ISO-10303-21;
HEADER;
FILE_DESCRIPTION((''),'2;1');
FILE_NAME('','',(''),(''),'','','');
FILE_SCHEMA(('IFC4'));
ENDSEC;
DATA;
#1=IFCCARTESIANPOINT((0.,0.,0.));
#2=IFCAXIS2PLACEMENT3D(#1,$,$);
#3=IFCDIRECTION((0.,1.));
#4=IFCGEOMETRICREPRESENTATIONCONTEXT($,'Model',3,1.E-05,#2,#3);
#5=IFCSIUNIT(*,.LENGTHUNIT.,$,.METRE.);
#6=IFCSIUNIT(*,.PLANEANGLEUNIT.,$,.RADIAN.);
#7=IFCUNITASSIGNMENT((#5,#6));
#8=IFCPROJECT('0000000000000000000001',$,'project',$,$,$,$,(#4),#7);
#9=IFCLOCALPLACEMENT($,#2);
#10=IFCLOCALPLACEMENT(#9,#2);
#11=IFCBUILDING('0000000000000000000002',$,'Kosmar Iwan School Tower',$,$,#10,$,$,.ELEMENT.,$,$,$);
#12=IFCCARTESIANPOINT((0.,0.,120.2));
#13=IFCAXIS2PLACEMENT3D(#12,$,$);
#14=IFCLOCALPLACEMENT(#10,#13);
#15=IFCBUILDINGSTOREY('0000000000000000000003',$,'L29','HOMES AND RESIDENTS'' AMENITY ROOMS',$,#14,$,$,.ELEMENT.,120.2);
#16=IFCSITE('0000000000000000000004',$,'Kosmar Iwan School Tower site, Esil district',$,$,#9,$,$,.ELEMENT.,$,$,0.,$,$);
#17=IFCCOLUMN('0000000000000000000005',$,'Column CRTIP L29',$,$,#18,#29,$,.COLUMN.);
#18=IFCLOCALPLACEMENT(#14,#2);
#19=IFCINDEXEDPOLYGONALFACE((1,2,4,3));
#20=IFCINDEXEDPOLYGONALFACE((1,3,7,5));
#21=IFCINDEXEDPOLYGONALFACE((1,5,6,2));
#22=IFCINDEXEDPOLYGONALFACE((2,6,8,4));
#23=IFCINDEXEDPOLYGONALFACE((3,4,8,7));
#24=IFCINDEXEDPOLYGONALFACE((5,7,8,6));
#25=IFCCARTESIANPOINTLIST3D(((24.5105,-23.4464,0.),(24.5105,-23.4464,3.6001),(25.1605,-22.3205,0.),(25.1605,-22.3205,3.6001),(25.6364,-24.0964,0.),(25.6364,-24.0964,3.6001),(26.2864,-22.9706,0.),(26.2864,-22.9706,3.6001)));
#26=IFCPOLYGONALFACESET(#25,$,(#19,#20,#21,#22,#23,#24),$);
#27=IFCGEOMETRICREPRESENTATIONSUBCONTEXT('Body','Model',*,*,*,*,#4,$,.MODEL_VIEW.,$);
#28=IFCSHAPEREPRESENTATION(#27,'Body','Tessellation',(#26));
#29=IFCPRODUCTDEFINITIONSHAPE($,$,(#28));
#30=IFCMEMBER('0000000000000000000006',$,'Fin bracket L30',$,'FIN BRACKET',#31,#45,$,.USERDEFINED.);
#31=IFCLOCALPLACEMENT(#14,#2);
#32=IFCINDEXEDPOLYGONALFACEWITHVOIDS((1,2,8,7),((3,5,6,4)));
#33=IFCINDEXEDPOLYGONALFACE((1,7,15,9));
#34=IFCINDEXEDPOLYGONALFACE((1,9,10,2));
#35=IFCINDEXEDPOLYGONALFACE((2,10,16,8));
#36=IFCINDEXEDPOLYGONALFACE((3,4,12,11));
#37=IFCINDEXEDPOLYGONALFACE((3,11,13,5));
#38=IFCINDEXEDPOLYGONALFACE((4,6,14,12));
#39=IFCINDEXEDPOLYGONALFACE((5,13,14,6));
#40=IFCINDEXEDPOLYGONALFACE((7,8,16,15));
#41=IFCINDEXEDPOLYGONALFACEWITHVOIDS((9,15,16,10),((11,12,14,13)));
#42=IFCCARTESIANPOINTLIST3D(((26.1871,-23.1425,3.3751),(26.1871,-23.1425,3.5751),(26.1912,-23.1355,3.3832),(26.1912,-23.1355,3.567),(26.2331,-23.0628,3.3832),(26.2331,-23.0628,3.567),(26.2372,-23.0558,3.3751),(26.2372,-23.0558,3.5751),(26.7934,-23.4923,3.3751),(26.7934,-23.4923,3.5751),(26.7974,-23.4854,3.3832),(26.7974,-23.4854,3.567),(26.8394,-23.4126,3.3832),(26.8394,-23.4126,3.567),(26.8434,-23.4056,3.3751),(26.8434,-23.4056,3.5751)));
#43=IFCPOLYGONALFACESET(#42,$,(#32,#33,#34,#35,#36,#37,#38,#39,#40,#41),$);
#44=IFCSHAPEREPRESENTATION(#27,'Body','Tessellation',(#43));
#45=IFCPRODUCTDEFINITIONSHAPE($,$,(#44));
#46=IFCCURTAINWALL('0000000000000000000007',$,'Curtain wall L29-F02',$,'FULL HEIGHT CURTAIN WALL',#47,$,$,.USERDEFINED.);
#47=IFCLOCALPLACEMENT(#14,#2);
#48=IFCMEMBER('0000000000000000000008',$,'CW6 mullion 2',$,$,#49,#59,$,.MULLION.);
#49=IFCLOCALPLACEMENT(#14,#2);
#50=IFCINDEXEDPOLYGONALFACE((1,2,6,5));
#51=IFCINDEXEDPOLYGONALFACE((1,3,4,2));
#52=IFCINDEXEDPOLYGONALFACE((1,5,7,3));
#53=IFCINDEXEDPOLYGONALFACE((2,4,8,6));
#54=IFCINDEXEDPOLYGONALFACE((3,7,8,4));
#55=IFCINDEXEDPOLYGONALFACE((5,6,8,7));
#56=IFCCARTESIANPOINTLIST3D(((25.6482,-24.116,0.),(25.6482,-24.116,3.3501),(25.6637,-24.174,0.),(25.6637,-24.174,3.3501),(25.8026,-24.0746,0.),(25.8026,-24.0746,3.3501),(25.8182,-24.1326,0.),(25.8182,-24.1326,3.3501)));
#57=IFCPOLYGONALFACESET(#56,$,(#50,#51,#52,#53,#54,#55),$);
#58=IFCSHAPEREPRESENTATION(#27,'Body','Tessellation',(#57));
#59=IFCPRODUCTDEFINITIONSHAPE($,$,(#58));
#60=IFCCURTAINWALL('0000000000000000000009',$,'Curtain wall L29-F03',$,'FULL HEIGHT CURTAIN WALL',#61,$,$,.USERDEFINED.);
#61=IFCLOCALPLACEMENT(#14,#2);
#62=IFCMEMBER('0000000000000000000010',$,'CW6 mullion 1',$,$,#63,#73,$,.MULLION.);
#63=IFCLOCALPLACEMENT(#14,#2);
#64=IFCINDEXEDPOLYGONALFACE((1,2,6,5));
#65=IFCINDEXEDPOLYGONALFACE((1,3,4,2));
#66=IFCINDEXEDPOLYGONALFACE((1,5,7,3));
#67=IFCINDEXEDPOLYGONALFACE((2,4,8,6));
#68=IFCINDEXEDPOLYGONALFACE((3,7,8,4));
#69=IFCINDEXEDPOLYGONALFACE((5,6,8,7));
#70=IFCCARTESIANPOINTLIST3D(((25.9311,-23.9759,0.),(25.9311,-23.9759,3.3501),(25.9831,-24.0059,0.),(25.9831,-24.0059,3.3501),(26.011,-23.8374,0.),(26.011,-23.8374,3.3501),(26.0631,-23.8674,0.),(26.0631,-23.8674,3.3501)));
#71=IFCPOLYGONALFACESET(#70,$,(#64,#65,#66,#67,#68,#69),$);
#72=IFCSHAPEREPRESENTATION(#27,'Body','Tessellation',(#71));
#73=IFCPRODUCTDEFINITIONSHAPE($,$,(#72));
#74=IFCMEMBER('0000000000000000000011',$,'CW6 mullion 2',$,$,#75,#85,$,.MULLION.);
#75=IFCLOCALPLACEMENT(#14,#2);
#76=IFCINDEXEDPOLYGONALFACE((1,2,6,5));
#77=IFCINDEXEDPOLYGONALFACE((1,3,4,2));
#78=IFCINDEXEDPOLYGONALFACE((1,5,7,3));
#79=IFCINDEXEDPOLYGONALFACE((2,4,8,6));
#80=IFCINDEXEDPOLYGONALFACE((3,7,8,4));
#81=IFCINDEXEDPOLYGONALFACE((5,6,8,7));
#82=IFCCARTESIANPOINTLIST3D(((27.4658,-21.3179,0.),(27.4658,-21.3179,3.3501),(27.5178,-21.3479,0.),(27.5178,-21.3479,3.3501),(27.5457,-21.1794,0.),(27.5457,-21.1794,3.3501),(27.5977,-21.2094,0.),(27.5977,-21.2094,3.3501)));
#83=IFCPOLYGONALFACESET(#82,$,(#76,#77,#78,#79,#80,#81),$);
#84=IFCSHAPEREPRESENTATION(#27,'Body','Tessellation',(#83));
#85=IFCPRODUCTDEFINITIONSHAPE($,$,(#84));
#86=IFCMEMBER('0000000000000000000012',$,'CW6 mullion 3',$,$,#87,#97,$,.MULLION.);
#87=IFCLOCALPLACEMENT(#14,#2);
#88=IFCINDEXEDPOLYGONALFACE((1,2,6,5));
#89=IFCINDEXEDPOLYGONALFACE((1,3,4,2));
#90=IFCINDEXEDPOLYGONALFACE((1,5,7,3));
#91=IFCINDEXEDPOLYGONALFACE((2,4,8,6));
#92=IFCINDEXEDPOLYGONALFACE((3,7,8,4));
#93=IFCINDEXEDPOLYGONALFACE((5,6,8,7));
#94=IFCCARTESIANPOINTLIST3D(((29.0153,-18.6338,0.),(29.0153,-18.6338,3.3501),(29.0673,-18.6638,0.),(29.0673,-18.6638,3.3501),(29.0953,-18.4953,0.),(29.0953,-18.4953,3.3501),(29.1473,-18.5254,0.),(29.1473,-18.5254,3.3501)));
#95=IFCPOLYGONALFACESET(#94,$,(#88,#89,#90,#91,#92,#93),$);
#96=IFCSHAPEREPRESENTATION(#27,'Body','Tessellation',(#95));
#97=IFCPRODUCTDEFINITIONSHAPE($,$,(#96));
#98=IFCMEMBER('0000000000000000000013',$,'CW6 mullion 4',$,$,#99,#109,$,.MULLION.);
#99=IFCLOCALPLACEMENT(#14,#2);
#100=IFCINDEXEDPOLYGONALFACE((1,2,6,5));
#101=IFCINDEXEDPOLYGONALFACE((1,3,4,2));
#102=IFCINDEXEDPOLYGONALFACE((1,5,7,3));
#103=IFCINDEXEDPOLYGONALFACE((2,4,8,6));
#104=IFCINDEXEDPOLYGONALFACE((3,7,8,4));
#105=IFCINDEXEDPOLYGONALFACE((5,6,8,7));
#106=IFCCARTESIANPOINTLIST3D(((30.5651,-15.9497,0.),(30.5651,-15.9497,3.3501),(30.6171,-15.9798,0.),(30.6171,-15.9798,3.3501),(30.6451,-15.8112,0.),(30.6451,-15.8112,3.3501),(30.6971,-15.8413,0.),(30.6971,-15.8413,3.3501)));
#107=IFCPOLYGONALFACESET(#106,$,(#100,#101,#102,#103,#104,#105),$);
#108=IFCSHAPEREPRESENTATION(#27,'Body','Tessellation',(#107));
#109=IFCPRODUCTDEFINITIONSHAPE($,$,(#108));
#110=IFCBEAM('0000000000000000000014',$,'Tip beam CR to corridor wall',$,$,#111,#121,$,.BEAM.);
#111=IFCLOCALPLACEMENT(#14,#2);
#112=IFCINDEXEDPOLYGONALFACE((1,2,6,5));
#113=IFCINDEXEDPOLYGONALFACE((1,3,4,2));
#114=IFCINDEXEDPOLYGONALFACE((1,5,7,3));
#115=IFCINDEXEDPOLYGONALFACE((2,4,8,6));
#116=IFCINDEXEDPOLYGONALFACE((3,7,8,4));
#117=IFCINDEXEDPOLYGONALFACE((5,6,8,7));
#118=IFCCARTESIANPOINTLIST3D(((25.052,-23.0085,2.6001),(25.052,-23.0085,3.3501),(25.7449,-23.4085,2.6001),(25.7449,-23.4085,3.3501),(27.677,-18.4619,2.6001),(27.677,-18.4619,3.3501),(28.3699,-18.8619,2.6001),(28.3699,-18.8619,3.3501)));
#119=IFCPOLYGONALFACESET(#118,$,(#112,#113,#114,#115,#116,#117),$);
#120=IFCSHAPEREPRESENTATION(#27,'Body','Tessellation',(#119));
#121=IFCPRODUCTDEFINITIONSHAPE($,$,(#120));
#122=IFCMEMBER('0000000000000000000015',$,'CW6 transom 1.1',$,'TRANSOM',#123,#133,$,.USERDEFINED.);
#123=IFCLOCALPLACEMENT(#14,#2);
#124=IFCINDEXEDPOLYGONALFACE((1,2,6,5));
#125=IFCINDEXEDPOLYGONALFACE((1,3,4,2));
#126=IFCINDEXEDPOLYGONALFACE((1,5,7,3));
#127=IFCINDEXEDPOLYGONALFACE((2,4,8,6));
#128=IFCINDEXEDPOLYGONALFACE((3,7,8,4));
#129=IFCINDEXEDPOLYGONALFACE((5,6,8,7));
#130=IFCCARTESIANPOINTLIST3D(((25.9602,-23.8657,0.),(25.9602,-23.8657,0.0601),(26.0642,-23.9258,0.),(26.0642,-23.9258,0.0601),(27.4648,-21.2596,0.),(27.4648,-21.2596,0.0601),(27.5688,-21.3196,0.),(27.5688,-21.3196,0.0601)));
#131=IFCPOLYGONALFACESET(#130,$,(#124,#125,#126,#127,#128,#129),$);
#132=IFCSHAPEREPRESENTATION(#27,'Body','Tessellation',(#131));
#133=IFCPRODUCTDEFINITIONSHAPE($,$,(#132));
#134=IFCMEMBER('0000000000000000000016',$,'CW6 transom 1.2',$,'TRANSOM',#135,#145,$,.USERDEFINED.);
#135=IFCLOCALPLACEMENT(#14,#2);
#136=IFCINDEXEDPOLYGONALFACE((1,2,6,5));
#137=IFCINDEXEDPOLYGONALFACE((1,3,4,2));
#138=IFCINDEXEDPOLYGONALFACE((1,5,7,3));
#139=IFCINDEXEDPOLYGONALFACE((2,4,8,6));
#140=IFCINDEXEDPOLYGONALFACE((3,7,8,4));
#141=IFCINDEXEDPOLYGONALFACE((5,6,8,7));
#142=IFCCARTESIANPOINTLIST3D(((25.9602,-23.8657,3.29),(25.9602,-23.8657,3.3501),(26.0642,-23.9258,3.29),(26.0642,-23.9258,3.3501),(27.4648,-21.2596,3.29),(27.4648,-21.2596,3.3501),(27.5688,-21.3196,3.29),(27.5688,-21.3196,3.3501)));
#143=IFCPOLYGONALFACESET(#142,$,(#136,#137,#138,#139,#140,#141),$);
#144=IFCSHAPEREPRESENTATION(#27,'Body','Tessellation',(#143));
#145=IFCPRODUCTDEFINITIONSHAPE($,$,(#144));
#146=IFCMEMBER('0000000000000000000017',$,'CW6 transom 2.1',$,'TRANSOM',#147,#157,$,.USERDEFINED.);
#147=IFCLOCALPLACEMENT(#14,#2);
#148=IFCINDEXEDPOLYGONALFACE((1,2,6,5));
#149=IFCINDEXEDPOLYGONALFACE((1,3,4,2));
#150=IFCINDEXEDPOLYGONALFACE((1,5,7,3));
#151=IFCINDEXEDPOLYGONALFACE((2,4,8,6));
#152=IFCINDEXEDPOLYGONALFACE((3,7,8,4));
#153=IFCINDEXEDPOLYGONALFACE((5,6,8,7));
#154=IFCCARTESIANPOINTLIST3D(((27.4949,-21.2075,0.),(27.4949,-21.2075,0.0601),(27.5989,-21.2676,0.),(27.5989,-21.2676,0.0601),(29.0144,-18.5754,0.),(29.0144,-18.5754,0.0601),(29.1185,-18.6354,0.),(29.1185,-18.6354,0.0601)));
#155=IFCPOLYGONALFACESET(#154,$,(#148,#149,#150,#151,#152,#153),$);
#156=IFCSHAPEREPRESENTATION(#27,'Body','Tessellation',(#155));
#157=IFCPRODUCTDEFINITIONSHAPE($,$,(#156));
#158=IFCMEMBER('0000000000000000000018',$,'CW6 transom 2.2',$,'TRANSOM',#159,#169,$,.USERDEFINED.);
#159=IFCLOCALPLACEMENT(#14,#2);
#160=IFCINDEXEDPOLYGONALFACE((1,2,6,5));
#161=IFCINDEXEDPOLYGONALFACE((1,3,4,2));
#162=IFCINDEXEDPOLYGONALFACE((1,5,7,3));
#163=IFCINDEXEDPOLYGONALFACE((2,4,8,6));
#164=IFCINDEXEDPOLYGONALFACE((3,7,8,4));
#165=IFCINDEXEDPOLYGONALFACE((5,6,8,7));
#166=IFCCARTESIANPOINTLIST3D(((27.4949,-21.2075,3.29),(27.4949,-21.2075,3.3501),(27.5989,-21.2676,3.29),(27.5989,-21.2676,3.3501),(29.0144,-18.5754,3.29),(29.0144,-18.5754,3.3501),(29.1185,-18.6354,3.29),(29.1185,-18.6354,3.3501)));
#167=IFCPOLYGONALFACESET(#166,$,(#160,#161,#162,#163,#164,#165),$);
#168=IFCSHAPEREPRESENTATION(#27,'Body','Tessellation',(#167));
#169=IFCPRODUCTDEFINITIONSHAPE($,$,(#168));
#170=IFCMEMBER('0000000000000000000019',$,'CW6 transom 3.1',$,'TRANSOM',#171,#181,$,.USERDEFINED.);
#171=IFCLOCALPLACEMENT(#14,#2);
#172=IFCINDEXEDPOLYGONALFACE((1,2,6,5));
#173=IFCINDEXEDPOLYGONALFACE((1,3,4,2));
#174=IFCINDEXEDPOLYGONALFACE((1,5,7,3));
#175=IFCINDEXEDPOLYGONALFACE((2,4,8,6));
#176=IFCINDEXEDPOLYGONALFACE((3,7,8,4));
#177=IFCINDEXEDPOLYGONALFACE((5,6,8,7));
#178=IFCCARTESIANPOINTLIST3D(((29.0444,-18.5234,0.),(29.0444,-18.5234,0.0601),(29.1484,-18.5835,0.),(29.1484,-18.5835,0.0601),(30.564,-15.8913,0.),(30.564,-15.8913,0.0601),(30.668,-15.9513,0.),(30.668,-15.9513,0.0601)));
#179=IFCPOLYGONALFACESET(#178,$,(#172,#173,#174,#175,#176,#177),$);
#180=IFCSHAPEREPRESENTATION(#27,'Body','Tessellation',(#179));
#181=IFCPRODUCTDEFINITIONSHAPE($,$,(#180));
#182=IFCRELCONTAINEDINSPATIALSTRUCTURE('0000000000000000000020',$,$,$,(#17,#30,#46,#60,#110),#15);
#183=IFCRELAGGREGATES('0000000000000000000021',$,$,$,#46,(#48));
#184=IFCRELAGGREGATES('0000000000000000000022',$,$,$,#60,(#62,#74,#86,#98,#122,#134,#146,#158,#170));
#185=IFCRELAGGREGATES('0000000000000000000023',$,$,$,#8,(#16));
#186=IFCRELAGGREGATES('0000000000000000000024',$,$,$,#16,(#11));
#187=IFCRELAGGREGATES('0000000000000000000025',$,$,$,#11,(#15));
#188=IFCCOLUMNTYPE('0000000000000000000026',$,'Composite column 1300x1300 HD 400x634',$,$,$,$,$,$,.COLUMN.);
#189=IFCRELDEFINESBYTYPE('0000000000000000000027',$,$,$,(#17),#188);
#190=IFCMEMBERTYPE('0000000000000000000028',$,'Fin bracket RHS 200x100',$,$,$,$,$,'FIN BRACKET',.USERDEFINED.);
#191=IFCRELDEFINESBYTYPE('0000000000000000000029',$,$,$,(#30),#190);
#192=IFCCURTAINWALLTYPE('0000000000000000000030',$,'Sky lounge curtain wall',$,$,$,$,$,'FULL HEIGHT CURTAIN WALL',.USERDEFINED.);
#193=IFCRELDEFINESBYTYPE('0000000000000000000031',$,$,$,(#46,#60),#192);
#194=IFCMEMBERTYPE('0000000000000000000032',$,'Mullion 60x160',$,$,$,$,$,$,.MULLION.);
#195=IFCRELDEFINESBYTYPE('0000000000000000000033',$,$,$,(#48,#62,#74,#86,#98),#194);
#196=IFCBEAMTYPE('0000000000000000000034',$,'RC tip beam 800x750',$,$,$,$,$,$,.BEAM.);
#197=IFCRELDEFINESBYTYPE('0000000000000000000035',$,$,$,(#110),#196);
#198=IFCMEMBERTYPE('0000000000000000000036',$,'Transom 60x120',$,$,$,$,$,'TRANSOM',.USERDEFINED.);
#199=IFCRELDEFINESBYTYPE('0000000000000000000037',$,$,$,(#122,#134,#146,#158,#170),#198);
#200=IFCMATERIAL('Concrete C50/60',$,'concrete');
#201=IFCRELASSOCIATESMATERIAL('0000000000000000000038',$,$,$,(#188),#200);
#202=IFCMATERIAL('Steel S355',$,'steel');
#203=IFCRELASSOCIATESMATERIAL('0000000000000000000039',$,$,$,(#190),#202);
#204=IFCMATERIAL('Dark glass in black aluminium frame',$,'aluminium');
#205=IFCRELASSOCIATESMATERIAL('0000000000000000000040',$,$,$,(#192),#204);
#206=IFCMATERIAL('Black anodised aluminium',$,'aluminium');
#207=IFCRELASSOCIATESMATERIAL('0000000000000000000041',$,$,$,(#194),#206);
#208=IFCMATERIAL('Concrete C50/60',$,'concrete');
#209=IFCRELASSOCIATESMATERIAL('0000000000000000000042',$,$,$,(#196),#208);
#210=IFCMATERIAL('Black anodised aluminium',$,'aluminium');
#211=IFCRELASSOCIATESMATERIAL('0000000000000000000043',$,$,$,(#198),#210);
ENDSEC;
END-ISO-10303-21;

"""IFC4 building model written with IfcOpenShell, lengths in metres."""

from ifc_helpers import new_model, si_unit, direction, frame, origin, origin_2d, place, context, subcontext, project, spatial, rectangle, hollow_rectangle, extrude, material, material_profile, profile_set, type_object, element, aggregate, save


model = new_model("IFC4")

# Units and contexts
model_context = context("Model", 3, precision=1e-05, world=origin(), true_north=direction((0.0, 1.0)))
body_context = subcontext(model_context, "Body", "Model", "MODEL_VIEW")
ifc_project = project(units=[si_unit("LENGTHUNIT", "METRE"), si_unit("PLANEANGLEUNIT", "RADIAN")], contexts=[model_context])

# Site, building, storey
site_placement = place(None, origin())
site = spatial("IfcSite", under=ifc_project, at=site_placement, Name="Kosmar Iwan School Tower site, Esil district", CompositionType="ELEMENT", RefElevation=0.0)
building_placement = place(site_placement, origin())
building = spatial("IfcBuilding", under=site, at=building_placement, Name="Kosmar Iwan School Tower", CompositionType="ELEMENT")
storey_placement = place(building_placement, frame((0.0, 0.0, 120.2)))
storey = spatial("IfcBuildingStorey", under=building, at=storey_placement, Name="L29", Description="HOMES AND RESIDENTS' AMENITY ROOMS", CompositionType="ELEMENT", Elevation=120.2)

# Column
ifc_material_1 = material(Name="Concrete C50/60", Category="concrete")
ifc_material_profile_1 = material_profile(ifc_material_1, rectangle(XDim=1.3, YDim=1.3, at=origin_2d()), Name="RC 1300x1300 + HD 400x634")
ifc_profile_set_1 = profile_set([ifc_material_profile_1], Name="Concrete C50/60")
column_type = type_object("IfcColumnType", Name="Composite column 1300x1300 HD 400x634", PredefinedType="COLUMN", material=ifc_profile_set_1)
column_placement = place(storey_placement, frame((25.3984, -23.2085, 0.0), z_axis=(0.0, 0.0, 1.0), x_axis=(0.866025, -0.5, 0.0)))
element("IfcColumn", 1, at=column_placement, inside=storey, type_object=column_type, Name="Column CRTIP L29", PredefinedType="COLUMN", context=body_context, shape_type="SweptSolid", body=[
    extrude(rectangle(XDim=1.3, YDim=1.3, at=origin_2d()), origin(), (0.0, 0.0, 1.0), 3.6001),
])

# Member
ifc_material_2 = material(Name="Steel S355", Category="steel")
ifc_material_profile_2 = material_profile(ifc_material_2, hollow_rectangle(XDim=0.1001, YDim=0.2, WallThickness=0.0081, at=origin_2d()), Name="RHS 200x100x8")
ifc_profile_set_2 = profile_set([ifc_material_profile_2], Name="Steel S355")
member_type_1 = type_object("IfcMemberType", Name="Fin bracket RHS 200x100", ElementType="FIN BRACKET", PredefinedType="USERDEFINED", material=ifc_profile_set_2)
member_1_placement = place(storey_placement, frame((26.2122, -23.0991, 3.4751), z_axis=(0.86611, -0.499853, 0.0), x_axis=(0.499853, 0.86611, 0.0)))
element("IfcMember", 2, at=member_1_placement, inside=storey, type_object=member_type_1, Name="Fin bracket L30", ObjectType="FIN BRACKET", PredefinedType="USERDEFINED", context=body_context, shape_type="SweptSolid", body=[
    extrude(hollow_rectangle(XDim=0.1001, YDim=0.2, WallThickness=0.0081, at=origin_2d()), origin(), (0.0, 0.0, 1.0), 0.7),
])

# Curtain wall, member
ifc_material_3 = material(Name="Dark glass in black aluminium frame", Category="aluminium")
curtain_wall_type = type_object("IfcCurtainWallType", Name="Sky lounge curtain wall", ElementType="FULL HEIGHT CURTAIN WALL", PredefinedType="USERDEFINED", material=ifc_material_3)
curtain_wall_1_placement = place(storey_placement, origin())
curtain_wall_1 = element("IfcCurtainWall", 3, at=curtain_wall_1_placement, inside=storey, type_object=curtain_wall_type, Name="Curtain wall L29-F02", ObjectType="FULL HEIGHT CURTAIN WALL", PredefinedType="USERDEFINED")
ifc_material_4 = material(Name="Black anodised aluminium", Category="aluminium")
ifc_material_profile_3 = material_profile(ifc_material_4, rectangle(XDim=0.0601, YDim=0.1599, at=origin_2d()), Name="MULLION 60x160")
ifc_profile_set_3 = profile_set([ifc_material_profile_3], Name="Black anodised aluminium")
member_type_2 = type_object("IfcMemberType", Name="Mullion 60x160", PredefinedType="MULLION", material=ifc_profile_set_3)
member_2_placement = place(storey_placement, frame((25.7332, -24.1243, 0.0), z_axis=(0.0, 0.0, 1.0), x_axis=(-0.258819, 0.965926, 0.0)))
member_2 = element("IfcMember", 4, at=member_2_placement, type_object=member_type_2, Name="CW6 mullion 2", PredefinedType="MULLION", context=body_context, shape_type="SweptSolid", body=[
    extrude(rectangle(XDim=0.0601, YDim=0.1599, at=origin_2d()), origin(), (0.0, 0.0, 1.0), 3.3501),
])

# Curtain wall, members
curtain_wall_2_placement = place(storey_placement, origin())
curtain_wall_2 = element("IfcCurtainWall", 5, at=curtain_wall_2_placement, inside=storey, type_object=curtain_wall_type, Name="Curtain wall L29-F03", ObjectType="FULL HEIGHT CURTAIN WALL", PredefinedType="USERDEFINED")
member_3_placement = place(storey_placement, frame((25.9971, -23.9216, 0.0), z_axis=(0.0, 0.0, 1.0), x_axis=(-0.866025, 0.5, 0.0)))
member_3 = element("IfcMember", 6, at=member_3_placement, type_object=member_type_2, Name="CW6 mullion 1", PredefinedType="MULLION", context=body_context, shape_type="SweptSolid", body=[
    extrude(rectangle(XDim=0.0601, YDim=0.1599, at=origin_2d()), origin(), (0.0, 0.0, 1.0), 3.3501),
])
member_4_placement = place(storey_placement, frame((27.5317, -21.2637, 0.0), z_axis=(0.0, 0.0, 1.0), x_axis=(-0.866025, 0.5, 0.0)))
member_4 = element("IfcMember", 7, at=member_4_placement, type_object=member_type_2, Name="CW6 mullion 2", PredefinedType="MULLION", context=body_context, shape_type="SweptSolid", body=[
    extrude(rectangle(XDim=0.0601, YDim=0.1599, at=origin_2d()), origin(), (0.0, 0.0, 1.0), 3.3501),
])
member_5_placement = place(storey_placement, frame((29.0813, -18.5796, 0.0), z_axis=(0.0, 0.0, 1.0), x_axis=(-0.866025, 0.5, 0.0)))
member_5 = element("IfcMember", 8, at=member_5_placement, type_object=member_type_2, Name="CW6 mullion 3", PredefinedType="MULLION", context=body_context, shape_type="SweptSolid", body=[
    extrude(rectangle(XDim=0.0601, YDim=0.1599, at=origin_2d()), origin(), (0.0, 0.0, 1.0), 3.3501),
])
member_6_placement = place(storey_placement, frame((30.6311, -15.8955, 0.0), z_axis=(0.0, 0.0, 1.0), x_axis=(-0.866025, 0.5, 0.0)))
member_6 = element("IfcMember", 9, at=member_6_placement, type_object=member_type_2, Name="CW6 mullion 4", PredefinedType="MULLION", context=body_context, shape_type="SweptSolid", body=[
    extrude(rectangle(XDim=0.0601, YDim=0.1599, at=origin_2d()), origin(), (0.0, 0.0, 1.0), 3.3501),
])

# Beam
ifc_material_5 = material(Name="Concrete C50/60", Category="concrete")
ifc_material_profile_4 = material_profile(ifc_material_5, rectangle(XDim=0.8, YDim=0.75, at=origin_2d()), Name="RC 800x750")
ifc_profile_set_4 = profile_set([ifc_material_profile_4], Name="Concrete C50/60")
beam_type = type_object("IfcBeamType", Name="RC tip beam 800x750", PredefinedType="BEAM", material=ifc_profile_set_4)
beam_placement = place(storey_placement, frame((25.3984, -23.2085, 2.9751), z_axis=(0.5, 0.866025, 0.0), x_axis=(-0.866025, 0.5, 0.0)))
element("IfcBeam", 10, at=beam_placement, inside=storey, type_object=beam_type, Name="Tip beam CR to corridor wall", PredefinedType="BEAM", context=body_context, shape_type="SweptSolid", body=[
    extrude(rectangle(XDim=0.8, YDim=0.75, at=origin_2d()), origin(), (0.0, 0.0, 1.0), 5.25),
])

# Members
ifc_material_6 = material(Name="Black anodised aluminium", Category="aluminium")
ifc_material_profile_5 = material_profile(ifc_material_6, rectangle(XDim=0.1201, YDim=0.0601, at=origin_2d()), Name="TRANSOM 60x120")
ifc_profile_set_5 = profile_set([ifc_material_profile_5], Name="Black anodised aluminium")
member_type_3 = type_object("IfcMemberType", Name="Transom 60x120", ElementType="TRANSOM", PredefinedType="USERDEFINED", material=ifc_profile_set_5)
member_7_placement = place(storey_placement, frame((26.0122, -23.8958, 0.03), z_axis=(0.499987, 0.866033, 0.0), x_axis=(-0.866033, 0.499987, 0.0)))
member_7 = element("IfcMember", 11, at=member_7_placement, type_object=member_type_3, Name="CW6 transom 1.1", ObjectType="TRANSOM", PredefinedType="USERDEFINED", context=body_context, shape_type="SweptSolid", body=[
    extrude(rectangle(XDim=0.1201, YDim=0.0601, at=origin_2d()), origin(), (0.0, 0.0, 1.0), 3.0093),
])
member_8_placement = place(storey_placement, frame((26.0122, -23.8958, 3.3201), z_axis=(0.499987, 0.866033, 0.0), x_axis=(-0.866033, 0.499987, 0.0)))
member_8 = element("IfcMember", 12, at=member_8_placement, type_object=member_type_3, Name="CW6 transom 1.2", ObjectType="TRANSOM", PredefinedType="USERDEFINED", context=body_context, shape_type="SweptSolid", body=[
    extrude(rectangle(XDim=0.1201, YDim=0.0601, at=origin_2d()), origin(), (0.0, 0.0, 1.0), 3.0093),
])
member_9_placement = place(storey_placement, frame((27.5469, -21.2375, 0.03), z_axis=(0.499975, 0.86604, 0.0), x_axis=(-0.86604, 0.499975, 0.0)))
member_9 = element("IfcMember", 13, at=member_9_placement, type_object=member_type_3, Name="CW6 transom 2.1", ObjectType="TRANSOM", PredefinedType="USERDEFINED", context=body_context, shape_type="SweptSolid", body=[
    extrude(rectangle(XDim=0.1201, YDim=0.0601, at=origin_2d()), origin(), (0.0, 0.0, 1.0), 3.0393),
])
member_10_placement = place(storey_placement, frame((27.5469, -21.2375, 3.3201), z_axis=(0.499975, 0.86604, 0.0), x_axis=(-0.86604, 0.499975, 0.0)))
member_10 = element("IfcMember", 14, at=member_10_placement, type_object=member_type_3, Name="CW6 transom 2.2", ObjectType="TRANSOM", PredefinedType="USERDEFINED", context=body_context, shape_type="SweptSolid", body=[
    extrude(rectangle(XDim=0.1201, YDim=0.0601, at=origin_2d()), origin(), (0.0, 0.0, 1.0), 3.0393),
])
member_11_placement = place(storey_placement, frame((29.0964, -18.5535, 0.03), z_axis=(0.499975, 0.86604, 0.0), x_axis=(-0.86604, 0.499975, 0.0)))
member_11 = element("IfcMember", 15, at=member_11_placement, type_object=member_type_3, Name="CW6 transom 3.1", ObjectType="TRANSOM", PredefinedType="USERDEFINED", context=body_context, shape_type="SweptSolid", body=[
    extrude(rectangle(XDim=0.1201, YDim=0.0601, at=origin_2d()), origin(), (0.0, 0.0, 1.0), 3.0393),
])

aggregate(curtain_wall_1, [member_2])
aggregate(curtain_wall_2, [member_3, member_4, member_5, member_6, member_7, member_8, member_9, member_10, member_11])

save(model, "model.ifc")
